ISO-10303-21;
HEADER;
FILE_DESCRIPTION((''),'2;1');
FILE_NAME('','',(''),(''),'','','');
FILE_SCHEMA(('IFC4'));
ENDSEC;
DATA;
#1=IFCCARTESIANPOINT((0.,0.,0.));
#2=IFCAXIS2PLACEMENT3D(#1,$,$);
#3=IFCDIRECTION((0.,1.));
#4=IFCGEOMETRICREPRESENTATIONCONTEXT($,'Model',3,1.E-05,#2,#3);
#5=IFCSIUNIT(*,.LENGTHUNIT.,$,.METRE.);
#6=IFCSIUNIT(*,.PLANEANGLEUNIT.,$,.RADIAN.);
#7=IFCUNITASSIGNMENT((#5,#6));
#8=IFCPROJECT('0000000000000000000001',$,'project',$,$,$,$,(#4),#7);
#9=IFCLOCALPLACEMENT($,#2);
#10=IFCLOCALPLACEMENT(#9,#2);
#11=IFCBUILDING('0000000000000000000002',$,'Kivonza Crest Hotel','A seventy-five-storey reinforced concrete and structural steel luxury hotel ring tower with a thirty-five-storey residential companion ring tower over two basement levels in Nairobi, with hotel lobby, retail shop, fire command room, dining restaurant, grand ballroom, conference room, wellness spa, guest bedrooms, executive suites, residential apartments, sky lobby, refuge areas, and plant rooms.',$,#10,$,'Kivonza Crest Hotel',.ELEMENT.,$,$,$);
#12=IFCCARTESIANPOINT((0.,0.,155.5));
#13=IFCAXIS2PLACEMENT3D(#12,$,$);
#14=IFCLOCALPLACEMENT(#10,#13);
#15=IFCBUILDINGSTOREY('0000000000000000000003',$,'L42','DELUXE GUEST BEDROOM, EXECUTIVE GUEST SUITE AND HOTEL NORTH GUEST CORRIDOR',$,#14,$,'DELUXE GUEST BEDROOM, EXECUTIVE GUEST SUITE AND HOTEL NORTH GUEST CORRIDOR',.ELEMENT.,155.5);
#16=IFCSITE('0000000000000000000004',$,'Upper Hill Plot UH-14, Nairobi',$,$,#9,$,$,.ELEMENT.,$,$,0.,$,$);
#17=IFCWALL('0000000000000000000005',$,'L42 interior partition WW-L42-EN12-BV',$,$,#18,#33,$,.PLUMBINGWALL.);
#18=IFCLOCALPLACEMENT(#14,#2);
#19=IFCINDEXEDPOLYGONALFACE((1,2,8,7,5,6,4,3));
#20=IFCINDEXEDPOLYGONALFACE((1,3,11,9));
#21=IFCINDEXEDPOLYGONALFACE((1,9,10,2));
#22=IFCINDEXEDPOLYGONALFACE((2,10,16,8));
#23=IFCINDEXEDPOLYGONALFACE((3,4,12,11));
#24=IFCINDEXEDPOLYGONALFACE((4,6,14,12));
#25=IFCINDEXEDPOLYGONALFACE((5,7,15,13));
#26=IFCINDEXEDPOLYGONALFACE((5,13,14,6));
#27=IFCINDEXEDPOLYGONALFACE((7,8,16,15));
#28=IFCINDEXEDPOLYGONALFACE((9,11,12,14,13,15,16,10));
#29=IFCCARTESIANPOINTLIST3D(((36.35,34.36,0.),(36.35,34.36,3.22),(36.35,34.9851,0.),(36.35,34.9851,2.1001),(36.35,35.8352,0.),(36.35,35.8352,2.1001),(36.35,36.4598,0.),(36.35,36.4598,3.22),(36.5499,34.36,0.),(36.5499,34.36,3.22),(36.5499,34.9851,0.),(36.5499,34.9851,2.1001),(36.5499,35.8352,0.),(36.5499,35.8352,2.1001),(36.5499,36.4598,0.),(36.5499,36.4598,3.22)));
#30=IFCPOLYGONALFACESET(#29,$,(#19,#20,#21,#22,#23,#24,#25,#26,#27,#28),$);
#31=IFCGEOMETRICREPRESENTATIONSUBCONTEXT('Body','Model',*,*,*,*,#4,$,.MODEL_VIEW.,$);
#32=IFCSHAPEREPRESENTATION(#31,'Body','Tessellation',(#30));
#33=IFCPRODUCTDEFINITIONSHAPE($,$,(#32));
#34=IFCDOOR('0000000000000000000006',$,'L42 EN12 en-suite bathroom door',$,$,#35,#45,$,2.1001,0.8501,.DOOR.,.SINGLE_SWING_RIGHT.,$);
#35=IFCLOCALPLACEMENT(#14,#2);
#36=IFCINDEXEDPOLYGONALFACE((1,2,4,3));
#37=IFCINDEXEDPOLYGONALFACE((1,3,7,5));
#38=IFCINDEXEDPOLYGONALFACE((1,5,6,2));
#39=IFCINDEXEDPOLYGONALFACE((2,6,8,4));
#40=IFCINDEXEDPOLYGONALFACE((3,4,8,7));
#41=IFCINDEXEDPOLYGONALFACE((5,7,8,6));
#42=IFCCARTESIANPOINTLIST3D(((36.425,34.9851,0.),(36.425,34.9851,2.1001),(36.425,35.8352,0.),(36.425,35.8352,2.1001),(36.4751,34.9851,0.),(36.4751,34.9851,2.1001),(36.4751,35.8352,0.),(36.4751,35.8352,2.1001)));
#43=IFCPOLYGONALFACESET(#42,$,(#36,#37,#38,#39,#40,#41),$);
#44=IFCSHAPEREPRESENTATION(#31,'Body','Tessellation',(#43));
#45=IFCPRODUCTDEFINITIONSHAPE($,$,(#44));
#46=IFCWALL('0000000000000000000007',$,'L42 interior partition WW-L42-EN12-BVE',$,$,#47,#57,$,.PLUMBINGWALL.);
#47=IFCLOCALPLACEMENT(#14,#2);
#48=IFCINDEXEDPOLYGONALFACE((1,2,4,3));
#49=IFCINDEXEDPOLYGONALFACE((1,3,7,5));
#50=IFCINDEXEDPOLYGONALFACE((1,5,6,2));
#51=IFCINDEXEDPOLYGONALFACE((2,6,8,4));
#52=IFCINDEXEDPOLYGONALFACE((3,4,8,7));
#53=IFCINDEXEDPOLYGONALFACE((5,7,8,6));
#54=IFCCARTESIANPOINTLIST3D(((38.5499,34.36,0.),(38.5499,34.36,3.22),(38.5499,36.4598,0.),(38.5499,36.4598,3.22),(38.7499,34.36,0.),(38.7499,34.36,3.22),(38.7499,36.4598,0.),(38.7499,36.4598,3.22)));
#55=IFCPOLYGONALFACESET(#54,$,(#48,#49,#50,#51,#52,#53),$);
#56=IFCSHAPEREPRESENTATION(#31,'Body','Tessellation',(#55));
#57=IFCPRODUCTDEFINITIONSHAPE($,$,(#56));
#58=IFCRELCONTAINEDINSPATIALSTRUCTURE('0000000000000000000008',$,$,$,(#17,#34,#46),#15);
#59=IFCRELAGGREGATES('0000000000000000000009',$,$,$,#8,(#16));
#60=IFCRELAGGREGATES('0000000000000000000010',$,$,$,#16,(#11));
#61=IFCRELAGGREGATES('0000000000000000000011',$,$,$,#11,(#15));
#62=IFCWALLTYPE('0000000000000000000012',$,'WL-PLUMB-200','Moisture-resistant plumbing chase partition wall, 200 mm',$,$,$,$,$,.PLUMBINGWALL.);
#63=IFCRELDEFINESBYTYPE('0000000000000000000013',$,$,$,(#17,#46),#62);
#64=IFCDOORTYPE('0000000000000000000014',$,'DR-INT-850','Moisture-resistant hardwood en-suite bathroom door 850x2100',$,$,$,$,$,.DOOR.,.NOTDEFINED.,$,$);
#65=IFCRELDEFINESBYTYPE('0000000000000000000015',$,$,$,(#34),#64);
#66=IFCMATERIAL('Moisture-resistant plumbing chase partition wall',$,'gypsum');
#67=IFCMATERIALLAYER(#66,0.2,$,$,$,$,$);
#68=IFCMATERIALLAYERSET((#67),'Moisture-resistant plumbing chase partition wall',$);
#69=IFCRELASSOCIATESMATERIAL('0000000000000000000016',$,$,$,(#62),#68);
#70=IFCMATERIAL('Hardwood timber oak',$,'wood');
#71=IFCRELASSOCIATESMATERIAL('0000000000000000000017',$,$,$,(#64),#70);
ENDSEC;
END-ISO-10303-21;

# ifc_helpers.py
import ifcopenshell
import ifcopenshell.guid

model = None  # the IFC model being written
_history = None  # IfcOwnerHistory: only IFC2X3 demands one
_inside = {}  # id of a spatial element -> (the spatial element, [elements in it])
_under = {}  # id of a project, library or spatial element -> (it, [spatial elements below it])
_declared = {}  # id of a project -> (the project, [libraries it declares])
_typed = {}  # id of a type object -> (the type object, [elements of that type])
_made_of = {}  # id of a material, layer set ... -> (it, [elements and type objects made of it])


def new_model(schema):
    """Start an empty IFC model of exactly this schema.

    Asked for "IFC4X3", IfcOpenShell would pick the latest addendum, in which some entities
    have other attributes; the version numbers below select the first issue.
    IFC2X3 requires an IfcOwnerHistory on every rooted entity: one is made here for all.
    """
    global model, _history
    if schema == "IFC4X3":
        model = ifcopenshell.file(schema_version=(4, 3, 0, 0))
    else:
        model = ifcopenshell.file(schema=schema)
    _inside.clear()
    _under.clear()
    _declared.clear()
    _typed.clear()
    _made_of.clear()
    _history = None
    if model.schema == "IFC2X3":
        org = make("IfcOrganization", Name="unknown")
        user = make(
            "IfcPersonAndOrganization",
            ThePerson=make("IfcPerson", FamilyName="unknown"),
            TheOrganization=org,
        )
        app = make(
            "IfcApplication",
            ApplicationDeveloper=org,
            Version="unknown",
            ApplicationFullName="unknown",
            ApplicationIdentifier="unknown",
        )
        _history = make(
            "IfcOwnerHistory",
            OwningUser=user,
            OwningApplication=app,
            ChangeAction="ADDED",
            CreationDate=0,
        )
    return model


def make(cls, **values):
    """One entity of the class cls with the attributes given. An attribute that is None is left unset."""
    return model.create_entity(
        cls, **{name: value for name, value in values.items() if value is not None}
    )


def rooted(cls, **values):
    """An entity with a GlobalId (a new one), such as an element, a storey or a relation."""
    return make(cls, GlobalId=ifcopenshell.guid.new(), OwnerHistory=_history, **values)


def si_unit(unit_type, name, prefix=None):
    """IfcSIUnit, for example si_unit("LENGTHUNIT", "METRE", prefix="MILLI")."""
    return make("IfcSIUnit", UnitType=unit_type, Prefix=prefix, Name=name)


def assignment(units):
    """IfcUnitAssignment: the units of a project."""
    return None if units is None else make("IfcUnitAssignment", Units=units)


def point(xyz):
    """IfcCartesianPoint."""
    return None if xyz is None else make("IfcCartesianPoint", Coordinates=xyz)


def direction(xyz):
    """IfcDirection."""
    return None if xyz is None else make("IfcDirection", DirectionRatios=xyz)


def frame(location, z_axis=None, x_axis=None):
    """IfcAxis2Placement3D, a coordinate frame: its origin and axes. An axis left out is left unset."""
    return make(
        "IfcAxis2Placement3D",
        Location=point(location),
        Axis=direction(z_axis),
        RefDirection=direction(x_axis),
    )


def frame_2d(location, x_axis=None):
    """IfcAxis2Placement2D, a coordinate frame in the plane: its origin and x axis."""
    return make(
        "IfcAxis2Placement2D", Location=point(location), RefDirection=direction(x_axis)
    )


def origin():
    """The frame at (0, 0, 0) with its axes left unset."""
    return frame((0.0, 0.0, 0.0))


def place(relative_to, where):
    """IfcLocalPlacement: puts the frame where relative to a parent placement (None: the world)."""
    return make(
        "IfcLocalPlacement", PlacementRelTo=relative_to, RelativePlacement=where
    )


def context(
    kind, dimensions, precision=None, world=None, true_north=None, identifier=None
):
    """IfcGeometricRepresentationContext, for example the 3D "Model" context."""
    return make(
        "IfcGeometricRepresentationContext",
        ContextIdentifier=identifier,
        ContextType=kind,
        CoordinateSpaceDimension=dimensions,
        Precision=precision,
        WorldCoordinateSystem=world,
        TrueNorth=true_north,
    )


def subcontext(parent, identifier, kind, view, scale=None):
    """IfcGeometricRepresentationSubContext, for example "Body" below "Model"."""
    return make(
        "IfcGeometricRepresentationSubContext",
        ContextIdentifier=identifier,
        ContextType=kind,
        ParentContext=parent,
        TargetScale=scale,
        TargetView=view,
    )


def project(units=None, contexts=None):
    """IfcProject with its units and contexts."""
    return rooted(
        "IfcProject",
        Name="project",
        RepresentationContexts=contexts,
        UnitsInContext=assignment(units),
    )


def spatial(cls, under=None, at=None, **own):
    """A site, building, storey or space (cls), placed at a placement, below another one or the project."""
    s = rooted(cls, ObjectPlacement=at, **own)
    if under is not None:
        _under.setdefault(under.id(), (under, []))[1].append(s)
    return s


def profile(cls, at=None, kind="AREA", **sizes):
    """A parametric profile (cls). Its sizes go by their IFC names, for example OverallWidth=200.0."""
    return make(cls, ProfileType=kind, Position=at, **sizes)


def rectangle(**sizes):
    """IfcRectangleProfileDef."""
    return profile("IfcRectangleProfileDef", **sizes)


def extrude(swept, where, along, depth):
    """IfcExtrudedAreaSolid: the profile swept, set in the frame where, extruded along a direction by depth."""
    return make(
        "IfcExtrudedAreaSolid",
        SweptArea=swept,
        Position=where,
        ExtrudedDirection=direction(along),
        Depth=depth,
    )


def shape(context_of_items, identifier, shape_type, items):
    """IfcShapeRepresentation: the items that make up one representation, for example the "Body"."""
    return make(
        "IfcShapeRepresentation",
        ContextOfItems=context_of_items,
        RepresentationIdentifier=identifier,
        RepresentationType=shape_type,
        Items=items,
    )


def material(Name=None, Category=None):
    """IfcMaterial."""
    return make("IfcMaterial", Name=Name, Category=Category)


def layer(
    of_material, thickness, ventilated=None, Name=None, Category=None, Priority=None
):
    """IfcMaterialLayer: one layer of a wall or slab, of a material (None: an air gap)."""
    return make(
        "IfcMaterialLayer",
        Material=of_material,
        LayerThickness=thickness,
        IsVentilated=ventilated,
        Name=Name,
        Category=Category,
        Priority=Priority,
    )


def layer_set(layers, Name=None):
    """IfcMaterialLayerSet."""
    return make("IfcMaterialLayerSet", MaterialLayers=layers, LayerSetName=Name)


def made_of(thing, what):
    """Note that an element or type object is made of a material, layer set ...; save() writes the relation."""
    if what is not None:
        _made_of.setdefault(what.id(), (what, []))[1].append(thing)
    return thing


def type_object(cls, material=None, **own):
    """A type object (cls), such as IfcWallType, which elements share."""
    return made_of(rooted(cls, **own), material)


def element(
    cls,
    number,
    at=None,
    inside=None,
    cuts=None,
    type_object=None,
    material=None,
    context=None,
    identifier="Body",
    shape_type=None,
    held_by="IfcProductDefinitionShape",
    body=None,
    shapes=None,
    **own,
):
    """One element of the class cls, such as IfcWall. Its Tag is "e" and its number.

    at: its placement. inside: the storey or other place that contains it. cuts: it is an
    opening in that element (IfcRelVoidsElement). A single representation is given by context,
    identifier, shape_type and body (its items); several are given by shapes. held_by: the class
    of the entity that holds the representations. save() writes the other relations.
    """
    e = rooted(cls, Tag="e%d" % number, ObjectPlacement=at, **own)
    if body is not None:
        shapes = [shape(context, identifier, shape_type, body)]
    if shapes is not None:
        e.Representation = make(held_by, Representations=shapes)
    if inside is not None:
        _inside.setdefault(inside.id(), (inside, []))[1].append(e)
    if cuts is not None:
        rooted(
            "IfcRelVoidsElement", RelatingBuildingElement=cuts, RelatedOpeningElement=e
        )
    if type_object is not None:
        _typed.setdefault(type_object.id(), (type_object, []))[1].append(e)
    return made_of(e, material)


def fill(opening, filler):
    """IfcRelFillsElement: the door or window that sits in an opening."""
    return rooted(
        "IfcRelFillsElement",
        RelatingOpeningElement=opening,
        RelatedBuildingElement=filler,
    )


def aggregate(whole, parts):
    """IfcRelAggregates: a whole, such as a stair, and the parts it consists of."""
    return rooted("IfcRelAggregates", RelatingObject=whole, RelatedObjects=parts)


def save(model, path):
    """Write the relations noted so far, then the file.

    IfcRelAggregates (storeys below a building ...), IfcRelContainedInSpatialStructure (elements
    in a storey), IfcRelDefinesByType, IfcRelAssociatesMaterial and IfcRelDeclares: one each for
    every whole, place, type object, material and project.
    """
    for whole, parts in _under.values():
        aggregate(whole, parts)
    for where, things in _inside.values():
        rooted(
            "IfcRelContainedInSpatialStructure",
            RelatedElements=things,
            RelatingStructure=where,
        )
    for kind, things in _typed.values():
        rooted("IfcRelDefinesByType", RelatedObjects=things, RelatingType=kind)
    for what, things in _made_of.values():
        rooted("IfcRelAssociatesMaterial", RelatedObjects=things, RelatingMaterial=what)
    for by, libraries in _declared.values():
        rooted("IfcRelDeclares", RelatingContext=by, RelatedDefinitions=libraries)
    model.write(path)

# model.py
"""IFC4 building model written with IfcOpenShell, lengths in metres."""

from ifc_helpers import new_model, si_unit, direction, frame, frame_2d, origin, place, context, subcontext, project, spatial, rectangle, extrude, material, layer, layer_set, type_object, element, fill, save


model = new_model("IFC4")

# Units and contexts
model_context = context("Model", 3, precision=1e-05, world=origin(), true_north=direction((0.0, 1.0)))
body_context = subcontext(model_context, "Body", "Model", "MODEL_VIEW")
ifc_project = project(units=[si_unit("LENGTHUNIT", "METRE"), si_unit("PLANEANGLEUNIT", "RADIAN")], contexts=[model_context])

# Site, building, storey
site_placement = place(None, origin())
site = spatial("IfcSite", under=ifc_project, at=site_placement, Name="Upper Hill Plot UH-14, Nairobi", CompositionType="ELEMENT", RefElevation=0.0)
building_placement = place(site_placement, origin())
building = spatial("IfcBuilding", under=site, at=building_placement, Name="Kivonza Crest Hotel", Description="A seventy-five-storey reinforced concrete and structural steel luxury hotel ring tower with a thirty-five-storey residential companion ring tower over two basement levels in Nairobi, with hotel lobby, retail shop, fire command room, dining restaurant, grand ballroom, conference room, wellness spa, guest bedrooms, executive suites, residential apartments, sky lobby, refuge areas, and plant rooms.", LongName="Kivonza Crest Hotel", CompositionType="ELEMENT")
storey_placement = place(building_placement, frame((0.0, 0.0, 155.5)))
storey = spatial("IfcBuildingStorey", under=building, at=storey_placement, Name="L42", Description="DELUXE GUEST BEDROOM, EXECUTIVE GUEST SUITE AND HOTEL NORTH GUEST CORRIDOR", LongName="DELUXE GUEST BEDROOM, EXECUTIVE GUEST SUITE AND HOTEL NORTH GUEST CORRIDOR", CompositionType="ELEMENT", Elevation=155.5)

# Shared definitions
ifc_material_1 = material(Name="Moisture-resistant plumbing chase partition wall", Category="gypsum")
ifc_layer_1 = layer(ifc_material_1, 0.2)
ifc_layer_set_1 = layer_set([ifc_layer_1], Name="Moisture-resistant plumbing chase partition wall")
wall_type_1 = type_object("IfcWallType", Name="WL-PLUMB-200", Description="Moisture-resistant plumbing chase partition wall, 200 mm", PredefinedType="PLUMBINGWALL", material=ifc_layer_set_1)
ifc_material_2 = material(Name="Hardwood timber oak", Category="wood")
door_type = type_object("IfcDoorType", Name="DR-INT-850", Description="Moisture-resistant hardwood en-suite bathroom door 850x2100", OperationType="NOTDEFINED", PredefinedType="DOOR", material=ifc_material_2)

# Wall, opening, door
wall_1_placement = place(storey_placement, frame((36.45, 34.3601, 0.0), z_axis=(0.0, 0.0, 1.0), x_axis=(0.0, 1.0, 0.0)))
wall_1 = element("IfcWall", 1, at=wall_1_placement, inside=storey, type_object=wall_type_1, Name="L42 interior partition WW-L42-EN12-BV", PredefinedType="PLUMBINGWALL", context=body_context, shape_type="SweptSolid", body=[
    extrude(rectangle(XDim=2.0999, YDim=0.2, at=frame_2d((1.0498, 0.0))), origin(), (0.0, 0.0, 1.0), 3.22),
])
opening_1_placement = place(wall_1_placement, frame((0.625, 0.0, 0.0)))
opening_1 = element("IfcOpeningElement", 2, at=opening_1_placement, cuts=wall_1, PredefinedType="OPENING", context=body_context, shape_type="SweptSolid", body=[
    extrude(rectangle(XDim=0.8501, YDim=2.1001, at=frame_2d((0.425, 1.05))), frame((0.0, 0.1099, 0.0), z_axis=(0.0, -1.0, 0.0), x_axis=(1.0, 0.0, 0.0)), (0.0, 0.0, 1.0), 0.22),
])
door_1_placement = place(opening_1_placement, origin())
door_1 = element("IfcDoor", 3, at=door_1_placement, inside=storey, type_object=door_type, Name="L42 EN12 en-suite bathroom door", OperationType="SINGLE_SWING_RIGHT", OverallHeight=2.1001, OverallWidth=0.8501, PredefinedType="DOOR", context=body_context, shape_type="SweptSolid", body=[
    extrude(rectangle(XDim=0.8501, YDim=2.1001, at=frame_2d((0.425, 1.05))), frame((0.0, 0.0249, 0.0), z_axis=(0.0, -1.0, 0.0), x_axis=(1.0, 0.0, 0.0)), (0.0, 0.0, 1.0), 0.05),
])
fill(opening_1, door_1)

# Wall
wall_2_placement = place(storey_placement, frame((38.6499, 34.3601, 0.0), z_axis=(0.0, 0.0, 1.0), x_axis=(0.0, 1.0, 0.0)))
element("IfcWall", 4, at=wall_2_placement, inside=storey, type_object=wall_type_1, Name="L42 interior partition WW-L42-EN12-BVE", PredefinedType="PLUMBINGWALL", context=body_context, shape_type="SweptSolid", body=[
    extrude(rectangle(XDim=2.0999, YDim=0.2, at=frame_2d((1.0498, 0.0))), origin(), (0.0, 0.0, 1.0), 3.22),
])

save(model, "model.ifc")
